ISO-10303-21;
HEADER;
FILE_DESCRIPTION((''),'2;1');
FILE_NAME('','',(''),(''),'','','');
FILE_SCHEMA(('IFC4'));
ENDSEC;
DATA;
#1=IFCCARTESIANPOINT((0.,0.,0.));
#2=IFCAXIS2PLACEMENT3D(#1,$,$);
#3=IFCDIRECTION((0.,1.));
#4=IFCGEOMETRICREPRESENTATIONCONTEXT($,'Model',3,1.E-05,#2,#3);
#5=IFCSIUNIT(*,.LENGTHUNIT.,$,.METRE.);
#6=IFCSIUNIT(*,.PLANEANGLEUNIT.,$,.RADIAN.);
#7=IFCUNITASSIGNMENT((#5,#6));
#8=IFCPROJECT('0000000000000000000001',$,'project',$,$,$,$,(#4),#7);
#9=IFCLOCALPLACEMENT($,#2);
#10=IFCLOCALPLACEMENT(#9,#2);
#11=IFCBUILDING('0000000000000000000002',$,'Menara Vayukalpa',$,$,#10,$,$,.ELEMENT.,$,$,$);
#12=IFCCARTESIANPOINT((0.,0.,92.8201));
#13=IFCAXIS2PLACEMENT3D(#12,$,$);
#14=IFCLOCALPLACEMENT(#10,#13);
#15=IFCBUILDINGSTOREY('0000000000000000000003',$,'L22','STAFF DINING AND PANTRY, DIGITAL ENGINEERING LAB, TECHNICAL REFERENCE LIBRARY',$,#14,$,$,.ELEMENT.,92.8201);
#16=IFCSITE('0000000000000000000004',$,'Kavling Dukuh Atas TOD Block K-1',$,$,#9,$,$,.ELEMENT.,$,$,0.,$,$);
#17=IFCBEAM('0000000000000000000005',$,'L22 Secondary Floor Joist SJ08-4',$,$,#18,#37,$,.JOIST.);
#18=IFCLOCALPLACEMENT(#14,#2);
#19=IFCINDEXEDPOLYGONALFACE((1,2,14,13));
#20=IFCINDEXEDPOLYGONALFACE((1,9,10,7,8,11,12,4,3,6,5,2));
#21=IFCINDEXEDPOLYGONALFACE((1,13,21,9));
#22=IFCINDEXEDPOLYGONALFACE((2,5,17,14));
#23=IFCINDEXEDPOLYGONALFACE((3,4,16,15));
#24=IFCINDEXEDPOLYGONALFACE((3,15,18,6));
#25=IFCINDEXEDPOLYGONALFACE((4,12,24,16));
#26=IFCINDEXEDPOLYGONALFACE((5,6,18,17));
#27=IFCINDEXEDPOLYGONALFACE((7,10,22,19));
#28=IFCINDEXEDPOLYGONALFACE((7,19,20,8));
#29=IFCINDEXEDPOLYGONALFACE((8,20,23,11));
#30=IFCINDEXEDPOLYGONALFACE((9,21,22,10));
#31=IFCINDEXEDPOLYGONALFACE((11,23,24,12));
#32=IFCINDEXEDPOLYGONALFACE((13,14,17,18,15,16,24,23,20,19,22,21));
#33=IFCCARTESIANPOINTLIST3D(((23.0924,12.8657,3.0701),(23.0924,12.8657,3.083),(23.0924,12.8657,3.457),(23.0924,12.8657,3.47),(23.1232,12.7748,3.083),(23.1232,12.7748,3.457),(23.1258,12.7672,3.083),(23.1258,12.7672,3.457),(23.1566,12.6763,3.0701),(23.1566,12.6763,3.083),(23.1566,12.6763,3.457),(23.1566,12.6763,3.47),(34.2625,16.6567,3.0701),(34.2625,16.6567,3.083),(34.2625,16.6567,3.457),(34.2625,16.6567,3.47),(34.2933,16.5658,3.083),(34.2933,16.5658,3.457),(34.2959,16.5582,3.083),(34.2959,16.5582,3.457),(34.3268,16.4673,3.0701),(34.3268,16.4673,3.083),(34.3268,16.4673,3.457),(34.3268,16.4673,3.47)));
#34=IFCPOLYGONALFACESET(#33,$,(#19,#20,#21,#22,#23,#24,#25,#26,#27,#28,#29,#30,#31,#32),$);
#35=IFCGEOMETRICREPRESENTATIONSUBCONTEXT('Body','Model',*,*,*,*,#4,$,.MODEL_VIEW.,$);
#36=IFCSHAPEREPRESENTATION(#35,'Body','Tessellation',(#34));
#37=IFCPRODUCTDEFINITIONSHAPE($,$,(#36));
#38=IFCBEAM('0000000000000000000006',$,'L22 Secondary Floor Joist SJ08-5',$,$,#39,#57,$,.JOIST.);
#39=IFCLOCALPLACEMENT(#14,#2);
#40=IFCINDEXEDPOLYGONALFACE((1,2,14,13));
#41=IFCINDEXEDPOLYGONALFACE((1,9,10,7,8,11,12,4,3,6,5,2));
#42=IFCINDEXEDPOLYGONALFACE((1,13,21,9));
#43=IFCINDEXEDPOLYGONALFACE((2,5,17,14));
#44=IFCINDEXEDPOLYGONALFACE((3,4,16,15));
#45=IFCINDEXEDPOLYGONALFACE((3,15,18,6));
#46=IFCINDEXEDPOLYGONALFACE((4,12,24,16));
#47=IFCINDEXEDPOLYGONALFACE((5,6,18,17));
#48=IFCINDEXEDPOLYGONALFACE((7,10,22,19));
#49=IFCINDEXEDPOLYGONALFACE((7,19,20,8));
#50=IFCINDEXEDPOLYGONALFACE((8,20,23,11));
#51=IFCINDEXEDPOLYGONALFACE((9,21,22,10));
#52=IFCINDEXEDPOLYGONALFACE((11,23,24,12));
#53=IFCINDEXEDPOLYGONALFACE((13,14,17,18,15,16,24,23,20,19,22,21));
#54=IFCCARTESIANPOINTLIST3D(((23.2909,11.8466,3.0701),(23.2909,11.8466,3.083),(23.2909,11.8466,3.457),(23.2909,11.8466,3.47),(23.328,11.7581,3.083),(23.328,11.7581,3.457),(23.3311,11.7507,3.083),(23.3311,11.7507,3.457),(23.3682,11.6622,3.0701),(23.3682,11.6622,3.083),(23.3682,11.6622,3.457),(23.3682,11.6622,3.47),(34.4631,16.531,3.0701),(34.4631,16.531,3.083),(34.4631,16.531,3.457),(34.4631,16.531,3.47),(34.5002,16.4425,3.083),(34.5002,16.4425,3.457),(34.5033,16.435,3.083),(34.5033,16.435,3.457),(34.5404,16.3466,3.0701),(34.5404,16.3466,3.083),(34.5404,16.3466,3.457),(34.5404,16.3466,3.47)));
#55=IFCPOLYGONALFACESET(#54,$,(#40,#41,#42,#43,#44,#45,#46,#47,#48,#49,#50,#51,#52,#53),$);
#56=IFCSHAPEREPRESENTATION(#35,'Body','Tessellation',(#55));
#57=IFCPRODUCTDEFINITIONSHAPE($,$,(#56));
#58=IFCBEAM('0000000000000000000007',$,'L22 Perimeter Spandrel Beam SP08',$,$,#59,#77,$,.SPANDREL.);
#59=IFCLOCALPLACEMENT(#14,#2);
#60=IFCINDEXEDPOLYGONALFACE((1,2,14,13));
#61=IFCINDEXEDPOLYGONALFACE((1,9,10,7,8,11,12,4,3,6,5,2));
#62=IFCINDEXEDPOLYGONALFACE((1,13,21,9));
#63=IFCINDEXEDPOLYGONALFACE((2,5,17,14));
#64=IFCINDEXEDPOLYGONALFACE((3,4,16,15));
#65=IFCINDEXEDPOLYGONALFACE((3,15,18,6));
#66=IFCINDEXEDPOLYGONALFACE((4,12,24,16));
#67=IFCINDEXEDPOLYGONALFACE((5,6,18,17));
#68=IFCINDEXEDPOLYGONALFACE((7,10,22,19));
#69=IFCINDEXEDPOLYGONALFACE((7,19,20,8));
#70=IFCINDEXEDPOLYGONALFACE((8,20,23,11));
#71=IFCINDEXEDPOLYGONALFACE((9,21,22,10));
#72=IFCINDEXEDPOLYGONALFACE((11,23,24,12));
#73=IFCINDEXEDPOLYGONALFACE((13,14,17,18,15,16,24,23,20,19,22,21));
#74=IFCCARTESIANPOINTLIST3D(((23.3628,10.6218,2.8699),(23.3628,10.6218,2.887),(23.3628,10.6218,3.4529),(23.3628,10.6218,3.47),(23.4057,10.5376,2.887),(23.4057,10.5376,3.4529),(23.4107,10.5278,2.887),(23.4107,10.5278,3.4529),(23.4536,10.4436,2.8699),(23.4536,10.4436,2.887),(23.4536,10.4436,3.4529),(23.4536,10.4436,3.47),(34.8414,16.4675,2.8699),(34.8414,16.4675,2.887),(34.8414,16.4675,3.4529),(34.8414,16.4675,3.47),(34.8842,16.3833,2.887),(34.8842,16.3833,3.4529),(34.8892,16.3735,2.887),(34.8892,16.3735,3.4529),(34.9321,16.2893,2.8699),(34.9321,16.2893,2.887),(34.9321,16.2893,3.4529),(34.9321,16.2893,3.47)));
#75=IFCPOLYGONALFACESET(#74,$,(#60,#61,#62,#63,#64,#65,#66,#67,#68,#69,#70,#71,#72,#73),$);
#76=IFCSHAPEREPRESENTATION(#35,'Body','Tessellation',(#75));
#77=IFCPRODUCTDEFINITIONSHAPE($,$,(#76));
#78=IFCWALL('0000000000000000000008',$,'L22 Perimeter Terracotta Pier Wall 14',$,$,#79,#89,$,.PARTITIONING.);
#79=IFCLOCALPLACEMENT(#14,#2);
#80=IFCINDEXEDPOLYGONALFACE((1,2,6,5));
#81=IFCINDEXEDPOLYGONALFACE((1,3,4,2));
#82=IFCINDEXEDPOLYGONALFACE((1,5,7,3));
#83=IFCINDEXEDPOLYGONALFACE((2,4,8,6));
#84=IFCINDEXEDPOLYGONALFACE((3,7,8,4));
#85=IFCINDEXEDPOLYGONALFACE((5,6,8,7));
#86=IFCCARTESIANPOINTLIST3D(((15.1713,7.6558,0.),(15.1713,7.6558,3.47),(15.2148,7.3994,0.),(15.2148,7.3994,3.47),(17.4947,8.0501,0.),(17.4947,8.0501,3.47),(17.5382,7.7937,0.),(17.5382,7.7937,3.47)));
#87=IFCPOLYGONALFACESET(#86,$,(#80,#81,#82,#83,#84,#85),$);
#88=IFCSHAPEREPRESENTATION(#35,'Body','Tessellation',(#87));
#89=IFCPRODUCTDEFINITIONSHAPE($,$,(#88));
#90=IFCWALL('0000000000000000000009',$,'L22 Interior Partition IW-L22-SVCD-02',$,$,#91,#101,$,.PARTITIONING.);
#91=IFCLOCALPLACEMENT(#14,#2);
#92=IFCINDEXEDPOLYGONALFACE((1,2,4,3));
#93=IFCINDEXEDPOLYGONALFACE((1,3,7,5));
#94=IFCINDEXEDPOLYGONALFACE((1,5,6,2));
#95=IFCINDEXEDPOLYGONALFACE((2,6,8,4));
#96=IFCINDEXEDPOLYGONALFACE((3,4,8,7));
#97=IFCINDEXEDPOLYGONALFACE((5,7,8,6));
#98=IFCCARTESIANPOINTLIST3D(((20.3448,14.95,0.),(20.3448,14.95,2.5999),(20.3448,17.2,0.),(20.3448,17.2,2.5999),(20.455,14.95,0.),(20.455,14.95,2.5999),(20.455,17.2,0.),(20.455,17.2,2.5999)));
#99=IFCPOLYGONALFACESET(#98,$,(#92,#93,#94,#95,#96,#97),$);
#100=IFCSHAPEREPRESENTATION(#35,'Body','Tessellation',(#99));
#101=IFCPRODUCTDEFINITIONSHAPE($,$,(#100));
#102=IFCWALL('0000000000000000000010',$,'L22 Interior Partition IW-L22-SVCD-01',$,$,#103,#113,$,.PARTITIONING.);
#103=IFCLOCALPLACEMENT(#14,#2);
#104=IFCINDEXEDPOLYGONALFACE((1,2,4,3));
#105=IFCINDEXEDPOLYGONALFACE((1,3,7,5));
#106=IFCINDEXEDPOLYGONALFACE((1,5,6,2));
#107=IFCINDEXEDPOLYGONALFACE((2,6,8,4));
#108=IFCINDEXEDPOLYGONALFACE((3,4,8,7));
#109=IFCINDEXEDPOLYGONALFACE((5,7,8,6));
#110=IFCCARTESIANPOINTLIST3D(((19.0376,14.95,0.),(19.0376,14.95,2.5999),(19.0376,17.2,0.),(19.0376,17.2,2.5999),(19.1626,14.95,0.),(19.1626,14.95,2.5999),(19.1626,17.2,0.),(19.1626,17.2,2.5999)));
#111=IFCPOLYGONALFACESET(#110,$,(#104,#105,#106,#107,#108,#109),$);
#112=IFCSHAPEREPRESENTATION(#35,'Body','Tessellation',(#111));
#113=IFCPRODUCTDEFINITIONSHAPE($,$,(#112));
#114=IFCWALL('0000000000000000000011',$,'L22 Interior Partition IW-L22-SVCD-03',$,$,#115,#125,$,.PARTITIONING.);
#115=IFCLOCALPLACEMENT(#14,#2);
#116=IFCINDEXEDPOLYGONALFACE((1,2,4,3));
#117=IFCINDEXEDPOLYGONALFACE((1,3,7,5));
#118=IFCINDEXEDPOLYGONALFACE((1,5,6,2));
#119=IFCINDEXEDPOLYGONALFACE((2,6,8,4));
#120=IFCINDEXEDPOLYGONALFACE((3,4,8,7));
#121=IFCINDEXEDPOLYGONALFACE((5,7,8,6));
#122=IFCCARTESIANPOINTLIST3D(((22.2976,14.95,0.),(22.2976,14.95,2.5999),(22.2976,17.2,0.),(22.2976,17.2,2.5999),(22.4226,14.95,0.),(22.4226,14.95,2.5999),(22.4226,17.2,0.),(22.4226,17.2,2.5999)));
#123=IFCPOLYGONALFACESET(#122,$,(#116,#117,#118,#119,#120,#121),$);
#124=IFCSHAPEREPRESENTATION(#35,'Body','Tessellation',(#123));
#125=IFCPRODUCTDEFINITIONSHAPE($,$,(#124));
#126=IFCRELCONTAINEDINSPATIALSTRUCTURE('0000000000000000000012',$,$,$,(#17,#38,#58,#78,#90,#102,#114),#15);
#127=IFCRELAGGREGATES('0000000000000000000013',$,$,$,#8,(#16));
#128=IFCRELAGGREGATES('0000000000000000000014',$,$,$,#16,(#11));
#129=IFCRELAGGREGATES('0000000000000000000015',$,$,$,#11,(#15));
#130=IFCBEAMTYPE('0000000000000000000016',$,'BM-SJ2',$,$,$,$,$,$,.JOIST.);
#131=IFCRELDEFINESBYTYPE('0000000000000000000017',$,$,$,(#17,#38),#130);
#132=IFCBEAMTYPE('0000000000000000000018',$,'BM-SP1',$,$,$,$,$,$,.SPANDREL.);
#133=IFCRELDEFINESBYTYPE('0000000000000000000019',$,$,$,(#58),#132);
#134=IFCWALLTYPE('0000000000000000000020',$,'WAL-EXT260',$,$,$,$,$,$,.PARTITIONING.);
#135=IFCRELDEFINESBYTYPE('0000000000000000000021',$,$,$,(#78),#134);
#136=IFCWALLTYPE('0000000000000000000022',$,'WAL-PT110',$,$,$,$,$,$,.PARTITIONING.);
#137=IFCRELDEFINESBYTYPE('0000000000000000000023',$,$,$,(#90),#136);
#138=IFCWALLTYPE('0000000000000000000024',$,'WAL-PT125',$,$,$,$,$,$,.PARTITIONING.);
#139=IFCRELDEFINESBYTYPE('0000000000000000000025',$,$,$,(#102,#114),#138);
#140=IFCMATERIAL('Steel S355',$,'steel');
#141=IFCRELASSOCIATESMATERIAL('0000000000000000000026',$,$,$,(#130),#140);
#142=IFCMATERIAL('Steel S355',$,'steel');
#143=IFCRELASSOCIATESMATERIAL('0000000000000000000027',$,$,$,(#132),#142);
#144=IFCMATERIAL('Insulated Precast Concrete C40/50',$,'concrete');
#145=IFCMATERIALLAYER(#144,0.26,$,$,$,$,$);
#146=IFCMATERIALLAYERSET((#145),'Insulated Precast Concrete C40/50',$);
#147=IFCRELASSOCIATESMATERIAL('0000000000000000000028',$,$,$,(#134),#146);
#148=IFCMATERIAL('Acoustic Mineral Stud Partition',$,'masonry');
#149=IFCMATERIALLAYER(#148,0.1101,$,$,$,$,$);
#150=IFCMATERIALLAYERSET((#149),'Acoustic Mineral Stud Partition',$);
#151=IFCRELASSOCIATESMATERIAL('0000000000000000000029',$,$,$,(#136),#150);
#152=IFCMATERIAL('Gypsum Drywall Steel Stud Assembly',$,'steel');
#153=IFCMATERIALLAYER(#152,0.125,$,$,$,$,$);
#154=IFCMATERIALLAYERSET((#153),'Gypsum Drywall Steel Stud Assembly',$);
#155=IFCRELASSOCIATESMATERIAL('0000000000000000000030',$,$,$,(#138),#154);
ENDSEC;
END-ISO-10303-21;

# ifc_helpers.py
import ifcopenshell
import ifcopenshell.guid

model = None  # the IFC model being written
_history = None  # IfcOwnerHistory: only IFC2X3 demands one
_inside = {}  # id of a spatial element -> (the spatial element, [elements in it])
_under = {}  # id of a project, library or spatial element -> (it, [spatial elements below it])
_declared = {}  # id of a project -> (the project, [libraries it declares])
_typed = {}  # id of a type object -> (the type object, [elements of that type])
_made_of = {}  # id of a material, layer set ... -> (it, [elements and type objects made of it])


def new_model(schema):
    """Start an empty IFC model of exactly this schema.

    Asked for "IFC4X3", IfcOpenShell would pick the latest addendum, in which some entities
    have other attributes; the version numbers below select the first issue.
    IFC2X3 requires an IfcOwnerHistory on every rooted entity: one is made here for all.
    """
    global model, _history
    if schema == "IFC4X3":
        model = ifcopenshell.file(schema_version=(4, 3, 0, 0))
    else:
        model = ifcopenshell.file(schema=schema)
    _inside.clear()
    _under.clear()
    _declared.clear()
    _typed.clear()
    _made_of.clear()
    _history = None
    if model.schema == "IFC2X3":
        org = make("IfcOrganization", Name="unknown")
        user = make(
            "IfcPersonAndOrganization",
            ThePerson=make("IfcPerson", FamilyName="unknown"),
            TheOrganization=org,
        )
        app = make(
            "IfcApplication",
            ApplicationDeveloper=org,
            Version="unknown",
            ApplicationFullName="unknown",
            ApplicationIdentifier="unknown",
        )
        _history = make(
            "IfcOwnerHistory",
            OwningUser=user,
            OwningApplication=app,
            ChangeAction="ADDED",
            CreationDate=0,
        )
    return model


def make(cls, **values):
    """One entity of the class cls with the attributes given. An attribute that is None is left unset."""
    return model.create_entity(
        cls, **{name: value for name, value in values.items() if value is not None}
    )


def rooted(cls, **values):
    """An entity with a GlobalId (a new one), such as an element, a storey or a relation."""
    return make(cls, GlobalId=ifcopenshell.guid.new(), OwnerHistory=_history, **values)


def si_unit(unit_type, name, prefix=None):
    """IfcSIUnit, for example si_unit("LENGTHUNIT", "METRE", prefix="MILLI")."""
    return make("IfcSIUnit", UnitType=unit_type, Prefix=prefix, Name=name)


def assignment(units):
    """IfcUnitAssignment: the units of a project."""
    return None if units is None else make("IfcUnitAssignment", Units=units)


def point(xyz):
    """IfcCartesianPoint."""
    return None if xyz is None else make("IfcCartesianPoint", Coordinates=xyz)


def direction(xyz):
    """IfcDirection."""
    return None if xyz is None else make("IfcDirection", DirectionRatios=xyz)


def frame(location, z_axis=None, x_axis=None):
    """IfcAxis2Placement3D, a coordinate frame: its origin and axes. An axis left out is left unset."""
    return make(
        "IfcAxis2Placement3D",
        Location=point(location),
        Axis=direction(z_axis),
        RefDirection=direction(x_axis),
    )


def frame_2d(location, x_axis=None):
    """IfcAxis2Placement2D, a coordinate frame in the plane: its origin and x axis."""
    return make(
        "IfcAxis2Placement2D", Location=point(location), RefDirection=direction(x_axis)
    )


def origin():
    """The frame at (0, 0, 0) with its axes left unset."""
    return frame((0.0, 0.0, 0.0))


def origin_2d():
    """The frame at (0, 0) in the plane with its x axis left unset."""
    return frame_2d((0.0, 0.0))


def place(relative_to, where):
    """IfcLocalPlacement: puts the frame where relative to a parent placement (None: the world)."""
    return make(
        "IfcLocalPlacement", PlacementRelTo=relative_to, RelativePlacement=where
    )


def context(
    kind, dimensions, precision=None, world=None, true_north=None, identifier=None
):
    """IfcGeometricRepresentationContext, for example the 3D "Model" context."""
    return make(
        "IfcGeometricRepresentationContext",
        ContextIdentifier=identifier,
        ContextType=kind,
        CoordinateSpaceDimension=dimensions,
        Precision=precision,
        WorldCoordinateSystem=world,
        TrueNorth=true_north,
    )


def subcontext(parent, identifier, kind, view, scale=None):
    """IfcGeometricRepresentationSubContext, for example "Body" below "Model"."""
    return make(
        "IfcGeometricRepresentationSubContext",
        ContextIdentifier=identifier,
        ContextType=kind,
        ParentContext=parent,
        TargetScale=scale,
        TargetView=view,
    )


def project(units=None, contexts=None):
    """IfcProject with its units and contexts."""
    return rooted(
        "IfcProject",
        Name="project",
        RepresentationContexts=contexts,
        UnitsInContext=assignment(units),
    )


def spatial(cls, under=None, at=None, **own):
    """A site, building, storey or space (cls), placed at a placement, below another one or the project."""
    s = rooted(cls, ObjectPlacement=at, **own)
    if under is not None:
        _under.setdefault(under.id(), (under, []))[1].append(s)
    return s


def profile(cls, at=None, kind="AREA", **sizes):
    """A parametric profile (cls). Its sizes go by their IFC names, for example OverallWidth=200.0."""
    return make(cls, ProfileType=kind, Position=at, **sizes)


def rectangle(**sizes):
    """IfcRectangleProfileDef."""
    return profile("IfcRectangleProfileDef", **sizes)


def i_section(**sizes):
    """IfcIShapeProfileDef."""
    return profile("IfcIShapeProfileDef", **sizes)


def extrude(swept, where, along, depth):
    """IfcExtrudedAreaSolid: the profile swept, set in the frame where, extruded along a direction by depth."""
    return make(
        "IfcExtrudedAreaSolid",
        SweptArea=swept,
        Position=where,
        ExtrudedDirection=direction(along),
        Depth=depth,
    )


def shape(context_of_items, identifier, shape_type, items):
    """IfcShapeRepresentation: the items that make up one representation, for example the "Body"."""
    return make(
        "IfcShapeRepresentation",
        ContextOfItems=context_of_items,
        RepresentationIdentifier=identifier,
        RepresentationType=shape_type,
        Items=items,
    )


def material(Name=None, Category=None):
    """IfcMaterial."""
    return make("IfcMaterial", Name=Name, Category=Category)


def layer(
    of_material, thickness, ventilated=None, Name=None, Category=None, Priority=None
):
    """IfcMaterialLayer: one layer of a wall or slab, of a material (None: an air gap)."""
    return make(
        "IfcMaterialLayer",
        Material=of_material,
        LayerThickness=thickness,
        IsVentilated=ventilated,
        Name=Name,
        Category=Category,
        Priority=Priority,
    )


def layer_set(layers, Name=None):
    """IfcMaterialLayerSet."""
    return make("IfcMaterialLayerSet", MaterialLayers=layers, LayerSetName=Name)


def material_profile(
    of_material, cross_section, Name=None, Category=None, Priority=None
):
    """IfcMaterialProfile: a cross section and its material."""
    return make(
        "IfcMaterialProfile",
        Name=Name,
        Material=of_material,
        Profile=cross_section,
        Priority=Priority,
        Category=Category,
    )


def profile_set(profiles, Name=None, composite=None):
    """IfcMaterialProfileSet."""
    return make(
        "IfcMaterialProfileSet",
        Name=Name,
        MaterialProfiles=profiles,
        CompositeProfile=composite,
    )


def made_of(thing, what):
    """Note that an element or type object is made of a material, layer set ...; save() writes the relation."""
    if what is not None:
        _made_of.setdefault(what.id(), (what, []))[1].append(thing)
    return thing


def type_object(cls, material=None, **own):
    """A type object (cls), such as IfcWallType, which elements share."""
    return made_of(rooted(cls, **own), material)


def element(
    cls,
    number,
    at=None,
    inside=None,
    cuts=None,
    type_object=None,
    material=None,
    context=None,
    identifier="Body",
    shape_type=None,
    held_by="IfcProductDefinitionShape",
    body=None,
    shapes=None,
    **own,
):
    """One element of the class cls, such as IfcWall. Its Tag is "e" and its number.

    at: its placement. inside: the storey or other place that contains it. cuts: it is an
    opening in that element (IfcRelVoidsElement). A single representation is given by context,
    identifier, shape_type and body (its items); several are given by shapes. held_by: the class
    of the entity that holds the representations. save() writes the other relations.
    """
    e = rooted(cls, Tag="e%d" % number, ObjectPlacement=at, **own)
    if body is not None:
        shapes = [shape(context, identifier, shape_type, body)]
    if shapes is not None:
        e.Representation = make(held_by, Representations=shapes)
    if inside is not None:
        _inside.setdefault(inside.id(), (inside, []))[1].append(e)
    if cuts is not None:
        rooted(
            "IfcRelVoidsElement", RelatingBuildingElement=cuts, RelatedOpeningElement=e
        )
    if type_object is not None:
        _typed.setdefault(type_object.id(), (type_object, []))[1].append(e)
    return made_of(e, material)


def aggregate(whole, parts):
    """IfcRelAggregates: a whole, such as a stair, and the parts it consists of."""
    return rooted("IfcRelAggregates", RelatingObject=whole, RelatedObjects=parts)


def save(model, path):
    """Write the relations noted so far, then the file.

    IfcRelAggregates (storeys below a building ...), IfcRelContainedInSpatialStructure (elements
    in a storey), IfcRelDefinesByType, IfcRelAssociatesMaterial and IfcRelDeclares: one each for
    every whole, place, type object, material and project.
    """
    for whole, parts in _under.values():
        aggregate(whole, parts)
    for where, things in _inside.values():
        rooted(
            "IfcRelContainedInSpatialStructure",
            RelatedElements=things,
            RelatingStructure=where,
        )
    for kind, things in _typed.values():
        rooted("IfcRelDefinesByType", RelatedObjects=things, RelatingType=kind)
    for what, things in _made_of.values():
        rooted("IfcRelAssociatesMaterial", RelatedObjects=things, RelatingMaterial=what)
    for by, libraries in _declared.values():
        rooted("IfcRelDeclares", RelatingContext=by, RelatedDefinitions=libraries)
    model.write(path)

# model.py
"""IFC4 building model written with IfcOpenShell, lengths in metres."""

from ifc_helpers import new_model, si_unit, direction, frame, frame_2d, origin, origin_2d, place, context, subcontext, project, spatial, rectangle, i_section, extrude, material, layer, layer_set, material_profile, profile_set, type_object, element, save


model = new_model("IFC4")

# Units and contexts
model_context = context("Model", 3, precision=1e-05, world=origin(), true_north=direction((0.0, 1.0)))
body_context = subcontext(model_context, "Body", "Model", "MODEL_VIEW")
ifc_project = project(units=[si_unit("LENGTHUNIT", "METRE"), si_unit("PLANEANGLEUNIT", "RADIAN")], contexts=[model_context])

# Site, building, storey
site_placement = place(None, origin())
site = spatial("IfcSite", under=ifc_project, at=site_placement, Name="Kavling Dukuh Atas TOD Block K-1", CompositionType="ELEMENT", RefElevation=0.0)
building_placement = place(site_placement, origin())
building = spatial("IfcBuilding", under=site, at=building_placement, Name="Menara Vayukalpa", CompositionType="ELEMENT")
storey_placement = place(building_placement, frame((0.0, 0.0, 92.8201)))
storey = spatial("IfcBuildingStorey", under=building, at=storey_placement, Name="L22", Description="STAFF DINING AND PANTRY, DIGITAL ENGINEERING LAB, TECHNICAL REFERENCE LIBRARY", CompositionType="ELEMENT", Elevation=92.8201)

# Beams
ifc_material_1 = material(Name="Steel S355", Category="steel")
ifc_material_profile_1 = material_profile(ifc_material_1, i_section(OverallWidth=0.2, OverallDepth=0.3999, WebThickness=0.0081, FlangeThickness=0.0129, at=origin_2d()), Name="WF 400x200x8x13")
ifc_profile_set_1 = profile_set([ifc_material_profile_1], Name="Steel S355")
beam_type_1 = type_object("IfcBeamType", Name="BM-SJ2", PredefinedType="JOIST", material=ifc_profile_set_1)
beam_1_placement = place(storey_placement, frame((23.1245, 12.771, 3.27), z_axis=(0.946949, 0.321383, 0.0), x_axis=(-0.321383, 0.946949, 0.0)))
element("IfcBeam", 1, at=beam_1_placement, inside=storey, type_object=beam_type_1, Name="L22 Secondary Floor Joist SJ08-4", PredefinedType="JOIST", context=body_context, shape_type="SweptSolid", body=[
    extrude(i_section(OverallWidth=0.2, OverallDepth=0.3999, WebThickness=0.0081, FlangeThickness=0.0129, at=origin_2d()), origin(), (0.0, 0.0, 1.0), 11.7959),
])
beam_2_placement = place(storey_placement, frame((23.3296, 11.7544, 3.27), z_axis=(0.922217, 0.386674, 0.0), x_axis=(-0.386674, 0.922217, 0.0)))
element("IfcBeam", 2, at=beam_2_placement, inside=storey, type_object=beam_type_1, Name="L22 Secondary Floor Joist SJ08-5", PredefinedType="JOIST", context=body_context, shape_type="SweptSolid", body=[
    extrude(i_section(OverallWidth=0.2, OverallDepth=0.3999, WebThickness=0.0081, FlangeThickness=0.0129, at=origin_2d()), origin(), (0.0, 0.0, 1.0), 12.1145),
])
ifc_material_2 = material(Name="Steel S355", Category="steel")
ifc_material_profile_2 = material_profile(ifc_material_2, i_section(OverallWidth=0.2, OverallDepth=0.6001, WebThickness=0.011, FlangeThickness=0.0171, at=origin_2d()), Name="WF 600x200x11x17")
ifc_profile_set_2 = profile_set([ifc_material_profile_2], Name="Steel S355")
beam_type_2 = type_object("IfcBeamType", Name="BM-SP1", PredefinedType="SPANDREL", material=ifc_profile_set_2)
beam_3_placement = place(storey_placement, frame((23.4082, 10.5327, 3.1699), z_axis=(0.891097, 0.453812, 0.0), x_axis=(-0.453812, 0.891097, 0.0)))
element("IfcBeam", 3, at=beam_3_placement, inside=storey, type_object=beam_type_2, Name="L22 Perimeter Spandrel Beam SP08", PredefinedType="SPANDREL", context=body_context, shape_type="SweptSolid", body=[
    extrude(i_section(OverallWidth=0.2, OverallDepth=0.6001, WebThickness=0.011, FlangeThickness=0.0171, at=origin_2d()), origin(), (0.0, 0.0, 1.0), 12.8813),
])

# Walls
ifc_material_3 = material(Name="Insulated Precast Concrete C40/50", Category="concrete")
ifc_layer_1 = layer(ifc_material_3, 0.26)
ifc_layer_set_1 = layer_set([ifc_layer_1], Name="Insulated Precast Concrete C40/50")
wall_type_1 = type_object("IfcWallType", Name="WAL-EXT260", PredefinedType="PARTITIONING", material=ifc_layer_set_1)
wall_1_placement = place(storey_placement, frame((17.5164, 7.9219, 0.0), z_axis=(0.0, 0.0, 1.0), x_axis=(-0.985905, -0.167305, 0.0)))
element("IfcWall", 4, at=wall_1_placement, inside=storey, type_object=wall_type_1, Name="L22 Perimeter Terracotta Pier Wall 14", PredefinedType="PARTITIONING", context=body_context, shape_type="SweptSolid", body=[
    extrude(rectangle(XDim=2.3567, YDim=0.26, at=frame_2d((1.1782, 0.0))), origin(), (0.0, 0.0, 1.0), 3.47),
])
ifc_material_4 = material(Name="Acoustic Mineral Stud Partition", Category="masonry")
ifc_layer_2 = layer(ifc_material_4, 0.1101)
ifc_layer_set_2 = layer_set([ifc_layer_2], Name="Acoustic Mineral Stud Partition")
wall_type_2 = type_object("IfcWallType", Name="WAL-PT110", PredefinedType="PARTITIONING", material=ifc_layer_set_2)
wall_2_placement = place(storey_placement, frame((20.3999, 14.95, 0.0), z_axis=(0.0, 0.0, 1.0), x_axis=(0.0, 1.0, 0.0)))
element("IfcWall", 5, at=wall_2_placement, inside=storey, type_object=wall_type_2, Name="L22 Interior Partition IW-L22-SVCD-02", PredefinedType="PARTITIONING", context=body_context, shape_type="SweptSolid", body=[
    extrude(rectangle(XDim=2.25, YDim=0.1101, at=frame_2d((1.125, 0.0))), origin(), (0.0, 0.0, 1.0), 2.5999),
])
ifc_material_5 = material(Name="Gypsum Drywall Steel Stud Assembly", Category="steel")
ifc_layer_3 = layer(ifc_material_5, 0.125)
ifc_layer_set_3 = layer_set([ifc_layer_3], Name="Gypsum Drywall Steel Stud Assembly")
wall_type_3 = type_object("IfcWallType", Name="WAL-PT125", PredefinedType="PARTITIONING", material=ifc_layer_set_3)
for number, where, z_axis, x_axis, name in (
    (6, (19.1001, 14.95, 0.0), (0.0, 0.0, 1.0), (0.0, 1.0, 0.0), "L22 Interior Partition IW-L22-SVCD-01"),
    (7, (22.3601, 14.95, 0.0), (0.0, 0.0, 1.0), (0.0, 1.0, 0.0), "L22 Interior Partition IW-L22-SVCD-03"),
):
    element("IfcWall", number, at=place(storey_placement, frame(where, z_axis=z_axis, x_axis=x_axis)), inside=storey, type_object=wall_type_3, Name=name, PredefinedType="PARTITIONING", context=body_context, shape_type="SweptSolid", body=[
        extrude(rectangle(XDim=2.25, YDim=0.125, at=frame_2d((1.125, 0.0))), origin(), (0.0, 0.0, 1.0), 2.5999),
    ])

save(model, "model.ifc")
